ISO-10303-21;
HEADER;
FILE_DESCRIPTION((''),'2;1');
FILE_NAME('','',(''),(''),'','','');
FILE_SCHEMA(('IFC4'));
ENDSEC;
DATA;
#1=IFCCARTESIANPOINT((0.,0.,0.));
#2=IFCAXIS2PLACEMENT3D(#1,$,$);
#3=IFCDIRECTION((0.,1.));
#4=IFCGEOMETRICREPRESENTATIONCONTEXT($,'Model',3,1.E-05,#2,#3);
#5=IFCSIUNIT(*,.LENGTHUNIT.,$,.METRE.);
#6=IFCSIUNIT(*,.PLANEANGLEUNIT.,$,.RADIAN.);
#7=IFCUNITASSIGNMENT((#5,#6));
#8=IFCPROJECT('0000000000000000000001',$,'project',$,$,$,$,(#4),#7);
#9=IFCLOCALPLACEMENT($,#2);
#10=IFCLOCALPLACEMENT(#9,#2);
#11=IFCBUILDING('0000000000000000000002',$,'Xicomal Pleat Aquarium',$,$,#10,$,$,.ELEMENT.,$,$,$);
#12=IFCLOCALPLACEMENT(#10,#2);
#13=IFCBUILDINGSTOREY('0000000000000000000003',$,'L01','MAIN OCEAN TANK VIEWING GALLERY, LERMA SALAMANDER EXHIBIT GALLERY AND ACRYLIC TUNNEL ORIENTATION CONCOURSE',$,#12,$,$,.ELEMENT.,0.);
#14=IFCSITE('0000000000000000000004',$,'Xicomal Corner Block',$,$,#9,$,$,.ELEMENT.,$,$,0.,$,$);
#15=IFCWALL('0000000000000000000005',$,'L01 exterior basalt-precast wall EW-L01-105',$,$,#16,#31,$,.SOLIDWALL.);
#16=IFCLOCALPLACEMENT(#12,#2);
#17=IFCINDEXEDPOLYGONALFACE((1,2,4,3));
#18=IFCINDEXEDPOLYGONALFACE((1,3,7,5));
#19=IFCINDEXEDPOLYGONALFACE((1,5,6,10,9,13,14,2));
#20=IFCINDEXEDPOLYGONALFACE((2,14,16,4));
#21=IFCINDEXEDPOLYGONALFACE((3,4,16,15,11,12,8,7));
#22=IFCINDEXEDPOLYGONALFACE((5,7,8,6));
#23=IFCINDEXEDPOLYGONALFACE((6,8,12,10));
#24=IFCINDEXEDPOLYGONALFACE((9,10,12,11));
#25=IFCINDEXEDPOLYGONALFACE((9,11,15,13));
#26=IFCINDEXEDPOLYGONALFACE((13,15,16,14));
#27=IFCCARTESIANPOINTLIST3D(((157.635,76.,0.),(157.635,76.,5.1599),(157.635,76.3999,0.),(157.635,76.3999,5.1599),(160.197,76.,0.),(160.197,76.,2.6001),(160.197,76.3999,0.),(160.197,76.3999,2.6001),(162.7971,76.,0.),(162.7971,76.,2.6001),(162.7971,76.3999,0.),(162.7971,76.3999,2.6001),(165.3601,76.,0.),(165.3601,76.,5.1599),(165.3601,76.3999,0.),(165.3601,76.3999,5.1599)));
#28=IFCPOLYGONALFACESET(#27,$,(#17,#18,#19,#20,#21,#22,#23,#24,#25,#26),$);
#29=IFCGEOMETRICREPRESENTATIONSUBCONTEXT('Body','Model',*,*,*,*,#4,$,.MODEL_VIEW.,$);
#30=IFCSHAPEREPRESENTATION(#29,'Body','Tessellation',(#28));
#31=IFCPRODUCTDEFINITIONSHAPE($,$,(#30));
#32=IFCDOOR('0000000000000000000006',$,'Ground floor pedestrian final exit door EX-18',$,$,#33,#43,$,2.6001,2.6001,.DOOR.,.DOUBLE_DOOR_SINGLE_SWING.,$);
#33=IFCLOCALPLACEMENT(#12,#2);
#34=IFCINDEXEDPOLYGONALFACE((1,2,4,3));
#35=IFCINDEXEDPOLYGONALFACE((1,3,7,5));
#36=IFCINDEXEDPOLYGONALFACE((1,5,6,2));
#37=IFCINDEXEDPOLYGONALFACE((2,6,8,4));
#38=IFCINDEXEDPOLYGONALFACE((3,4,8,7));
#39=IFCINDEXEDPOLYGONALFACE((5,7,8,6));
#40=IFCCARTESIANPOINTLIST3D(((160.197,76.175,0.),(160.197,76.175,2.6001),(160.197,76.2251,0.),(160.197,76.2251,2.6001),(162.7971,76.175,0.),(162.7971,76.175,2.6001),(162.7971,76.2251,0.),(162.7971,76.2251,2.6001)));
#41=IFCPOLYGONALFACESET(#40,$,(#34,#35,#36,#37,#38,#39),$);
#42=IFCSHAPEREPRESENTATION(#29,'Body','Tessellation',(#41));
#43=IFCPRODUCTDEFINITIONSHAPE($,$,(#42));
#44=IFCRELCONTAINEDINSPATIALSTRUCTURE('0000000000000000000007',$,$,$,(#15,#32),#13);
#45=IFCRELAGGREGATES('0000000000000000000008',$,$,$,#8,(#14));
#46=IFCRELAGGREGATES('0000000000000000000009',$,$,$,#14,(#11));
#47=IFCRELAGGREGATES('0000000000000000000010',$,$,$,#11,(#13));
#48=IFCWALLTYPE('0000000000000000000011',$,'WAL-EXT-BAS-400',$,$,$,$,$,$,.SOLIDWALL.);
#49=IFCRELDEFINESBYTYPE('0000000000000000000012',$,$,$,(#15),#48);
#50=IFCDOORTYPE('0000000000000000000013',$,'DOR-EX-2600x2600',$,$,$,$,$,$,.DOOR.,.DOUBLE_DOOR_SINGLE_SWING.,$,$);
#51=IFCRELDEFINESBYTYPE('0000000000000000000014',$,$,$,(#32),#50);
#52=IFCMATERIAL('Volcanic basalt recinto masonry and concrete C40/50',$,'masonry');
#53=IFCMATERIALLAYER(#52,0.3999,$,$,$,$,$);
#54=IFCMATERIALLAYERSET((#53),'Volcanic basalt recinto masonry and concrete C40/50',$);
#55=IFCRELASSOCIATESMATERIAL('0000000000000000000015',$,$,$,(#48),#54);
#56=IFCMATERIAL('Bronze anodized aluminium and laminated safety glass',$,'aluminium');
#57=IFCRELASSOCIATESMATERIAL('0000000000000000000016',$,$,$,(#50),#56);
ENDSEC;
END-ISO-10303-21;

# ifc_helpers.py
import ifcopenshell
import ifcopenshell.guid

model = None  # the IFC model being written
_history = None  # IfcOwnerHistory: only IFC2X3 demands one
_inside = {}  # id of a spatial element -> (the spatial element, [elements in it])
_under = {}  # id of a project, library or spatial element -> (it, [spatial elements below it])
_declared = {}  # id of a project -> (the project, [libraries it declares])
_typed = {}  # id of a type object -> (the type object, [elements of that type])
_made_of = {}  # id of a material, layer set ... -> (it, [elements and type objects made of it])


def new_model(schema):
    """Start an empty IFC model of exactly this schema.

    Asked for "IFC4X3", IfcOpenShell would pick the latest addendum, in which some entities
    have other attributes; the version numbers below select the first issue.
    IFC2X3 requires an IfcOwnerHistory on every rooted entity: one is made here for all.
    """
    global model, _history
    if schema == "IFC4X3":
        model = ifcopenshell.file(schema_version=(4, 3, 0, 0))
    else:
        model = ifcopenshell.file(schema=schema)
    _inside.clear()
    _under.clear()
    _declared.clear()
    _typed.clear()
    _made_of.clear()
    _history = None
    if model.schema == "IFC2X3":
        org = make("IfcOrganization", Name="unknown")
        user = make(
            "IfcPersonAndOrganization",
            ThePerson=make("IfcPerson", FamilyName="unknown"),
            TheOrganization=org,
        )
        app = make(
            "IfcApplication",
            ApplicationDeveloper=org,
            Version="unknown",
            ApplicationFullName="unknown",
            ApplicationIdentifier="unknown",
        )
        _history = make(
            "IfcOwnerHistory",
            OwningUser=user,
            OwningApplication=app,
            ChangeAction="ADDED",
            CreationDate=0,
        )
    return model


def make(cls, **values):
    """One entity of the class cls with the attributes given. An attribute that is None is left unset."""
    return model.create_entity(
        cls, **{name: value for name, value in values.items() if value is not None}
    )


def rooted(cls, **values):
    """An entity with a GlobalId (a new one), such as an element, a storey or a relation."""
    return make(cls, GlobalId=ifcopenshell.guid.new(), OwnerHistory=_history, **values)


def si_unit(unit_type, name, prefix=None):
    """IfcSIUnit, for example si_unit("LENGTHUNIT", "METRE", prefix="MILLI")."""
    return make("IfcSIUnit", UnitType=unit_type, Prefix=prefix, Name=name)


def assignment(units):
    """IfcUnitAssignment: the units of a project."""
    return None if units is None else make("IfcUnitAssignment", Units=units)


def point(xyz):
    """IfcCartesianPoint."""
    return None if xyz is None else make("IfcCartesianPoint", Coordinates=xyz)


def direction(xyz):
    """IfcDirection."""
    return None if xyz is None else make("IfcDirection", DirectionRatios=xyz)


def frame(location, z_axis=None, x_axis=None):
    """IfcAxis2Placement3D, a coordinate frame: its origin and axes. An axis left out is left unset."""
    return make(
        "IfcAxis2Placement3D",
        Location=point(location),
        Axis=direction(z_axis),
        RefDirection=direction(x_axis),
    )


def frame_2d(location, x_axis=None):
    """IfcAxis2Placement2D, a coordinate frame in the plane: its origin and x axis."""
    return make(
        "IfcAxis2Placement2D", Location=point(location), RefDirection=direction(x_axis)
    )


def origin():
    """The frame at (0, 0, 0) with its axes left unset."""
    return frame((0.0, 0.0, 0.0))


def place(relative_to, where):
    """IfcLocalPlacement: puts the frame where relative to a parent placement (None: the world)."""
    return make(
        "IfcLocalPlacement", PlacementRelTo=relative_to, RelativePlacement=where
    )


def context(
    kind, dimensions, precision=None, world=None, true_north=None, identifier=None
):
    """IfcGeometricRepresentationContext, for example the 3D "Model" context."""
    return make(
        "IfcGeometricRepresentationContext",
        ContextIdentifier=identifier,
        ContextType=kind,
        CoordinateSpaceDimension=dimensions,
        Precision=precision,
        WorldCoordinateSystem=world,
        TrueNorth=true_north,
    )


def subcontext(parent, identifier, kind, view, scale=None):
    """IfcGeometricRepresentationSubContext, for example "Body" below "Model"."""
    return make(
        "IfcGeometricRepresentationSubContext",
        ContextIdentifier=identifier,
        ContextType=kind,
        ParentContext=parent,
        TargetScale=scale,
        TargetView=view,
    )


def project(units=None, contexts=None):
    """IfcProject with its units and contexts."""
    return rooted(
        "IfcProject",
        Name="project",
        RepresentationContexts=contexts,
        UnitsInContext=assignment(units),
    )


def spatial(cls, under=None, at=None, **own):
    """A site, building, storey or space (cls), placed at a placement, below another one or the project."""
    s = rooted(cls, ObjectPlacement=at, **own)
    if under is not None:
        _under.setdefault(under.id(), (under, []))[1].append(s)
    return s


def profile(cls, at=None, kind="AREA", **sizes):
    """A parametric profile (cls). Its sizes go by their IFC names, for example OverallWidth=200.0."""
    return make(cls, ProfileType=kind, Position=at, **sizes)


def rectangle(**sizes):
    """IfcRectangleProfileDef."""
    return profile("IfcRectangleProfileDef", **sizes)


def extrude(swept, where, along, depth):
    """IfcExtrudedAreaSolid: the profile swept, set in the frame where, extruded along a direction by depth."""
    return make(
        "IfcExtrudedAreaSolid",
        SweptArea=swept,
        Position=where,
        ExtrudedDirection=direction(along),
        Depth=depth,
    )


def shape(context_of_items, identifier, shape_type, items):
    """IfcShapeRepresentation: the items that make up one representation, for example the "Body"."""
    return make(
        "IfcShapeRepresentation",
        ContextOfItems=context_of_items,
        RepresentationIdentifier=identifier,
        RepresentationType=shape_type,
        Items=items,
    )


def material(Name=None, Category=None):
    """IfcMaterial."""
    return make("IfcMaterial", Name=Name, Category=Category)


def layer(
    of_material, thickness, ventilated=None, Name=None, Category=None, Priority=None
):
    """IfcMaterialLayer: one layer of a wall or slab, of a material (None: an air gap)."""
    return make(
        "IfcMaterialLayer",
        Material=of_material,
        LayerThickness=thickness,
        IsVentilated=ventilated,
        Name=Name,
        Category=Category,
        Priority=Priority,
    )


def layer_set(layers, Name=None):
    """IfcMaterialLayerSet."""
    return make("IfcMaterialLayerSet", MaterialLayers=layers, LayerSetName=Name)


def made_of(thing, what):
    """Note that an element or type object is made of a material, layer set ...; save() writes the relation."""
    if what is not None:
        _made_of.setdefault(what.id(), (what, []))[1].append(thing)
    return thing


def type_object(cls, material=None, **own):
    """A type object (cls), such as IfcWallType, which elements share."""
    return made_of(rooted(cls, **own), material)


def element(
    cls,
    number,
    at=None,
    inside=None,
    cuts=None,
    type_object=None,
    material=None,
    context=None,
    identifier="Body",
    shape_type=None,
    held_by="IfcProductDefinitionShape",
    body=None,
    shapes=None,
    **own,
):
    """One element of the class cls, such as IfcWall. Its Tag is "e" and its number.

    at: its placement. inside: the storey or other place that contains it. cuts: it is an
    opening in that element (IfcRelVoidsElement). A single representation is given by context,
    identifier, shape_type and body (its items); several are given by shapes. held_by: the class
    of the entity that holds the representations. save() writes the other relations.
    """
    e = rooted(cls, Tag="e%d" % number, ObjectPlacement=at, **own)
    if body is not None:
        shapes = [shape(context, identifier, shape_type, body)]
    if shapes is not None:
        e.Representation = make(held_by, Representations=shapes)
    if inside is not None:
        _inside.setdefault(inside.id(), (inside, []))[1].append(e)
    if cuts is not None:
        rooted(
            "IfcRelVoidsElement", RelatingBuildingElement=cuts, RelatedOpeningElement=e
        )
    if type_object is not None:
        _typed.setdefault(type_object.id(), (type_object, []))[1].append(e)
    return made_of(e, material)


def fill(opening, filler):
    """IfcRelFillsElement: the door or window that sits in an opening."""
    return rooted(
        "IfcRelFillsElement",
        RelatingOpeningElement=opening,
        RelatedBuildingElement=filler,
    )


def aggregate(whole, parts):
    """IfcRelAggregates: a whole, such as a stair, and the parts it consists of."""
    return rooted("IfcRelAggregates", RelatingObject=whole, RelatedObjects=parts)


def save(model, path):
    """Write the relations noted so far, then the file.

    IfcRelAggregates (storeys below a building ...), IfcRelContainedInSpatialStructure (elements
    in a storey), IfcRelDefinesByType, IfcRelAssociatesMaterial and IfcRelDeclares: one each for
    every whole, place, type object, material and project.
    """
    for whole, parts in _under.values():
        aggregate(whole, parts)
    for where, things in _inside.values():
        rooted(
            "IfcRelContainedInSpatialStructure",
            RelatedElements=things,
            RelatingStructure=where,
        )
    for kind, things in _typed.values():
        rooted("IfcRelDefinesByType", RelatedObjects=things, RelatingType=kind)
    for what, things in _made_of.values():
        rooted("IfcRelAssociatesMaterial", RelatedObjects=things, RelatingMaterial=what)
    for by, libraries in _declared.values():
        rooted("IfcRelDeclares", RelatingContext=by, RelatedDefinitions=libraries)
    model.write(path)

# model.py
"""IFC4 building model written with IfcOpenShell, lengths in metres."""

from ifc_helpers import new_model, si_unit, direction, frame, frame_2d, origin, place, context, subcontext, project, spatial, rectangle, extrude, material, layer, layer_set, type_object, element, fill, save


model = new_model("IFC4")

# Units and contexts
model_context = context("Model", 3, precision=1e-05, world=origin(), true_north=direction((0.0, 1.0)))
body_context = subcontext(model_context, "Body", "Model", "MODEL_VIEW")
ifc_project = project(units=[si_unit("LENGTHUNIT", "METRE"), si_unit("PLANEANGLEUNIT", "RADIAN")], contexts=[model_context])

# Site, building, storey
site_placement = place(None, origin())
site = spatial("IfcSite", under=ifc_project, at=site_placement, Name="Xicomal Corner Block", CompositionType="ELEMENT", RefElevation=0.0)
building_placement = place(site_placement, origin())
building = spatial("IfcBuilding", under=site, at=building_placement, Name="Xicomal Pleat Aquarium", CompositionType="ELEMENT")
storey_placement = place(building_placement, origin())
storey = spatial("IfcBuildingStorey", under=building, at=storey_placement, Name="L01", Description="MAIN OCEAN TANK VIEWING GALLERY, LERMA SALAMANDER EXHIBIT GALLERY AND ACRYLIC TUNNEL ORIENTATION CONCOURSE", CompositionType="ELEMENT", Elevation=0.0)

# Wall, opening, door
ifc_material_1 = material(Name="Volcanic basalt recinto masonry and concrete C40/50", Category="masonry")
ifc_layer_1 = layer(ifc_material_1, 0.3999)
ifc_layer_set_1 = layer_set([ifc_layer_1], Name="Volcanic basalt recinto masonry and concrete C40/50")
wall_type = type_object("IfcWallType", Name="WAL-EXT-BAS-400", PredefinedType="SOLIDWALL", material=ifc_layer_set_1)
wall_placement = place(storey_placement, frame((165.3601, 76.2, 0.0), z_axis=(0.0, 0.0, 1.0), x_axis=(-1.0, 0.0, 0.0)))
wall = element("IfcWall", 1, at=wall_placement, inside=storey, type_object=wall_type, Name="L01 exterior basalt-precast wall EW-L01-105", PredefinedType="SOLIDWALL", context=body_context, shape_type="SweptSolid", body=[
    extrude(rectangle(XDim=7.7251, YDim=0.3999, at=frame_2d((3.8625, 0.0))), origin(), (0.0, 0.0, 1.0), 5.1599),
])
opening_placement = place(wall_placement, frame((2.563, 0.0, 0.0)))
opening = element("IfcOpeningElement", 2, at=opening_placement, cuts=wall, PredefinedType="OPENING", context=body_context, shape_type="SweptSolid", body=[
    extrude(rectangle(XDim=2.6001, YDim=2.6001, at=frame_2d((1.3, 1.3))), frame((0.0, 0.21, 0.0), z_axis=(0.0, -1.0, 0.0), x_axis=(1.0, 0.0, 0.0)), (0.0, 0.0, 1.0), 0.4199),
])
ifc_material_2 = material(Name="Bronze anodized aluminium and laminated safety glass", Category="aluminium")
door_type = type_object("IfcDoorType", Name="DOR-EX-2600x2600", OperationType="DOUBLE_DOOR_SINGLE_SWING", PredefinedType="DOOR", material=ifc_material_2)
door_placement = place(opening_placement, origin())
door = element("IfcDoor", 3, at=door_placement, inside=storey, type_object=door_type, Name="Ground floor pedestrian final exit door EX-18", OperationType="DOUBLE_DOOR_SINGLE_SWING", OverallHeight=2.6001, OverallWidth=2.6001, PredefinedType="DOOR", context=body_context, shape_type="SweptSolid", body=[
    extrude(rectangle(XDim=2.6001, YDim=2.6001, at=frame_2d((1.3, 1.3))), frame((0.0, 0.0249, 0.0), z_axis=(0.0, -1.0, 0.0), x_axis=(1.0, 0.0, 0.0)), (0.0, 0.0, 1.0), 0.05),
])
fill(opening, door)

save(model, "model.ifc")
